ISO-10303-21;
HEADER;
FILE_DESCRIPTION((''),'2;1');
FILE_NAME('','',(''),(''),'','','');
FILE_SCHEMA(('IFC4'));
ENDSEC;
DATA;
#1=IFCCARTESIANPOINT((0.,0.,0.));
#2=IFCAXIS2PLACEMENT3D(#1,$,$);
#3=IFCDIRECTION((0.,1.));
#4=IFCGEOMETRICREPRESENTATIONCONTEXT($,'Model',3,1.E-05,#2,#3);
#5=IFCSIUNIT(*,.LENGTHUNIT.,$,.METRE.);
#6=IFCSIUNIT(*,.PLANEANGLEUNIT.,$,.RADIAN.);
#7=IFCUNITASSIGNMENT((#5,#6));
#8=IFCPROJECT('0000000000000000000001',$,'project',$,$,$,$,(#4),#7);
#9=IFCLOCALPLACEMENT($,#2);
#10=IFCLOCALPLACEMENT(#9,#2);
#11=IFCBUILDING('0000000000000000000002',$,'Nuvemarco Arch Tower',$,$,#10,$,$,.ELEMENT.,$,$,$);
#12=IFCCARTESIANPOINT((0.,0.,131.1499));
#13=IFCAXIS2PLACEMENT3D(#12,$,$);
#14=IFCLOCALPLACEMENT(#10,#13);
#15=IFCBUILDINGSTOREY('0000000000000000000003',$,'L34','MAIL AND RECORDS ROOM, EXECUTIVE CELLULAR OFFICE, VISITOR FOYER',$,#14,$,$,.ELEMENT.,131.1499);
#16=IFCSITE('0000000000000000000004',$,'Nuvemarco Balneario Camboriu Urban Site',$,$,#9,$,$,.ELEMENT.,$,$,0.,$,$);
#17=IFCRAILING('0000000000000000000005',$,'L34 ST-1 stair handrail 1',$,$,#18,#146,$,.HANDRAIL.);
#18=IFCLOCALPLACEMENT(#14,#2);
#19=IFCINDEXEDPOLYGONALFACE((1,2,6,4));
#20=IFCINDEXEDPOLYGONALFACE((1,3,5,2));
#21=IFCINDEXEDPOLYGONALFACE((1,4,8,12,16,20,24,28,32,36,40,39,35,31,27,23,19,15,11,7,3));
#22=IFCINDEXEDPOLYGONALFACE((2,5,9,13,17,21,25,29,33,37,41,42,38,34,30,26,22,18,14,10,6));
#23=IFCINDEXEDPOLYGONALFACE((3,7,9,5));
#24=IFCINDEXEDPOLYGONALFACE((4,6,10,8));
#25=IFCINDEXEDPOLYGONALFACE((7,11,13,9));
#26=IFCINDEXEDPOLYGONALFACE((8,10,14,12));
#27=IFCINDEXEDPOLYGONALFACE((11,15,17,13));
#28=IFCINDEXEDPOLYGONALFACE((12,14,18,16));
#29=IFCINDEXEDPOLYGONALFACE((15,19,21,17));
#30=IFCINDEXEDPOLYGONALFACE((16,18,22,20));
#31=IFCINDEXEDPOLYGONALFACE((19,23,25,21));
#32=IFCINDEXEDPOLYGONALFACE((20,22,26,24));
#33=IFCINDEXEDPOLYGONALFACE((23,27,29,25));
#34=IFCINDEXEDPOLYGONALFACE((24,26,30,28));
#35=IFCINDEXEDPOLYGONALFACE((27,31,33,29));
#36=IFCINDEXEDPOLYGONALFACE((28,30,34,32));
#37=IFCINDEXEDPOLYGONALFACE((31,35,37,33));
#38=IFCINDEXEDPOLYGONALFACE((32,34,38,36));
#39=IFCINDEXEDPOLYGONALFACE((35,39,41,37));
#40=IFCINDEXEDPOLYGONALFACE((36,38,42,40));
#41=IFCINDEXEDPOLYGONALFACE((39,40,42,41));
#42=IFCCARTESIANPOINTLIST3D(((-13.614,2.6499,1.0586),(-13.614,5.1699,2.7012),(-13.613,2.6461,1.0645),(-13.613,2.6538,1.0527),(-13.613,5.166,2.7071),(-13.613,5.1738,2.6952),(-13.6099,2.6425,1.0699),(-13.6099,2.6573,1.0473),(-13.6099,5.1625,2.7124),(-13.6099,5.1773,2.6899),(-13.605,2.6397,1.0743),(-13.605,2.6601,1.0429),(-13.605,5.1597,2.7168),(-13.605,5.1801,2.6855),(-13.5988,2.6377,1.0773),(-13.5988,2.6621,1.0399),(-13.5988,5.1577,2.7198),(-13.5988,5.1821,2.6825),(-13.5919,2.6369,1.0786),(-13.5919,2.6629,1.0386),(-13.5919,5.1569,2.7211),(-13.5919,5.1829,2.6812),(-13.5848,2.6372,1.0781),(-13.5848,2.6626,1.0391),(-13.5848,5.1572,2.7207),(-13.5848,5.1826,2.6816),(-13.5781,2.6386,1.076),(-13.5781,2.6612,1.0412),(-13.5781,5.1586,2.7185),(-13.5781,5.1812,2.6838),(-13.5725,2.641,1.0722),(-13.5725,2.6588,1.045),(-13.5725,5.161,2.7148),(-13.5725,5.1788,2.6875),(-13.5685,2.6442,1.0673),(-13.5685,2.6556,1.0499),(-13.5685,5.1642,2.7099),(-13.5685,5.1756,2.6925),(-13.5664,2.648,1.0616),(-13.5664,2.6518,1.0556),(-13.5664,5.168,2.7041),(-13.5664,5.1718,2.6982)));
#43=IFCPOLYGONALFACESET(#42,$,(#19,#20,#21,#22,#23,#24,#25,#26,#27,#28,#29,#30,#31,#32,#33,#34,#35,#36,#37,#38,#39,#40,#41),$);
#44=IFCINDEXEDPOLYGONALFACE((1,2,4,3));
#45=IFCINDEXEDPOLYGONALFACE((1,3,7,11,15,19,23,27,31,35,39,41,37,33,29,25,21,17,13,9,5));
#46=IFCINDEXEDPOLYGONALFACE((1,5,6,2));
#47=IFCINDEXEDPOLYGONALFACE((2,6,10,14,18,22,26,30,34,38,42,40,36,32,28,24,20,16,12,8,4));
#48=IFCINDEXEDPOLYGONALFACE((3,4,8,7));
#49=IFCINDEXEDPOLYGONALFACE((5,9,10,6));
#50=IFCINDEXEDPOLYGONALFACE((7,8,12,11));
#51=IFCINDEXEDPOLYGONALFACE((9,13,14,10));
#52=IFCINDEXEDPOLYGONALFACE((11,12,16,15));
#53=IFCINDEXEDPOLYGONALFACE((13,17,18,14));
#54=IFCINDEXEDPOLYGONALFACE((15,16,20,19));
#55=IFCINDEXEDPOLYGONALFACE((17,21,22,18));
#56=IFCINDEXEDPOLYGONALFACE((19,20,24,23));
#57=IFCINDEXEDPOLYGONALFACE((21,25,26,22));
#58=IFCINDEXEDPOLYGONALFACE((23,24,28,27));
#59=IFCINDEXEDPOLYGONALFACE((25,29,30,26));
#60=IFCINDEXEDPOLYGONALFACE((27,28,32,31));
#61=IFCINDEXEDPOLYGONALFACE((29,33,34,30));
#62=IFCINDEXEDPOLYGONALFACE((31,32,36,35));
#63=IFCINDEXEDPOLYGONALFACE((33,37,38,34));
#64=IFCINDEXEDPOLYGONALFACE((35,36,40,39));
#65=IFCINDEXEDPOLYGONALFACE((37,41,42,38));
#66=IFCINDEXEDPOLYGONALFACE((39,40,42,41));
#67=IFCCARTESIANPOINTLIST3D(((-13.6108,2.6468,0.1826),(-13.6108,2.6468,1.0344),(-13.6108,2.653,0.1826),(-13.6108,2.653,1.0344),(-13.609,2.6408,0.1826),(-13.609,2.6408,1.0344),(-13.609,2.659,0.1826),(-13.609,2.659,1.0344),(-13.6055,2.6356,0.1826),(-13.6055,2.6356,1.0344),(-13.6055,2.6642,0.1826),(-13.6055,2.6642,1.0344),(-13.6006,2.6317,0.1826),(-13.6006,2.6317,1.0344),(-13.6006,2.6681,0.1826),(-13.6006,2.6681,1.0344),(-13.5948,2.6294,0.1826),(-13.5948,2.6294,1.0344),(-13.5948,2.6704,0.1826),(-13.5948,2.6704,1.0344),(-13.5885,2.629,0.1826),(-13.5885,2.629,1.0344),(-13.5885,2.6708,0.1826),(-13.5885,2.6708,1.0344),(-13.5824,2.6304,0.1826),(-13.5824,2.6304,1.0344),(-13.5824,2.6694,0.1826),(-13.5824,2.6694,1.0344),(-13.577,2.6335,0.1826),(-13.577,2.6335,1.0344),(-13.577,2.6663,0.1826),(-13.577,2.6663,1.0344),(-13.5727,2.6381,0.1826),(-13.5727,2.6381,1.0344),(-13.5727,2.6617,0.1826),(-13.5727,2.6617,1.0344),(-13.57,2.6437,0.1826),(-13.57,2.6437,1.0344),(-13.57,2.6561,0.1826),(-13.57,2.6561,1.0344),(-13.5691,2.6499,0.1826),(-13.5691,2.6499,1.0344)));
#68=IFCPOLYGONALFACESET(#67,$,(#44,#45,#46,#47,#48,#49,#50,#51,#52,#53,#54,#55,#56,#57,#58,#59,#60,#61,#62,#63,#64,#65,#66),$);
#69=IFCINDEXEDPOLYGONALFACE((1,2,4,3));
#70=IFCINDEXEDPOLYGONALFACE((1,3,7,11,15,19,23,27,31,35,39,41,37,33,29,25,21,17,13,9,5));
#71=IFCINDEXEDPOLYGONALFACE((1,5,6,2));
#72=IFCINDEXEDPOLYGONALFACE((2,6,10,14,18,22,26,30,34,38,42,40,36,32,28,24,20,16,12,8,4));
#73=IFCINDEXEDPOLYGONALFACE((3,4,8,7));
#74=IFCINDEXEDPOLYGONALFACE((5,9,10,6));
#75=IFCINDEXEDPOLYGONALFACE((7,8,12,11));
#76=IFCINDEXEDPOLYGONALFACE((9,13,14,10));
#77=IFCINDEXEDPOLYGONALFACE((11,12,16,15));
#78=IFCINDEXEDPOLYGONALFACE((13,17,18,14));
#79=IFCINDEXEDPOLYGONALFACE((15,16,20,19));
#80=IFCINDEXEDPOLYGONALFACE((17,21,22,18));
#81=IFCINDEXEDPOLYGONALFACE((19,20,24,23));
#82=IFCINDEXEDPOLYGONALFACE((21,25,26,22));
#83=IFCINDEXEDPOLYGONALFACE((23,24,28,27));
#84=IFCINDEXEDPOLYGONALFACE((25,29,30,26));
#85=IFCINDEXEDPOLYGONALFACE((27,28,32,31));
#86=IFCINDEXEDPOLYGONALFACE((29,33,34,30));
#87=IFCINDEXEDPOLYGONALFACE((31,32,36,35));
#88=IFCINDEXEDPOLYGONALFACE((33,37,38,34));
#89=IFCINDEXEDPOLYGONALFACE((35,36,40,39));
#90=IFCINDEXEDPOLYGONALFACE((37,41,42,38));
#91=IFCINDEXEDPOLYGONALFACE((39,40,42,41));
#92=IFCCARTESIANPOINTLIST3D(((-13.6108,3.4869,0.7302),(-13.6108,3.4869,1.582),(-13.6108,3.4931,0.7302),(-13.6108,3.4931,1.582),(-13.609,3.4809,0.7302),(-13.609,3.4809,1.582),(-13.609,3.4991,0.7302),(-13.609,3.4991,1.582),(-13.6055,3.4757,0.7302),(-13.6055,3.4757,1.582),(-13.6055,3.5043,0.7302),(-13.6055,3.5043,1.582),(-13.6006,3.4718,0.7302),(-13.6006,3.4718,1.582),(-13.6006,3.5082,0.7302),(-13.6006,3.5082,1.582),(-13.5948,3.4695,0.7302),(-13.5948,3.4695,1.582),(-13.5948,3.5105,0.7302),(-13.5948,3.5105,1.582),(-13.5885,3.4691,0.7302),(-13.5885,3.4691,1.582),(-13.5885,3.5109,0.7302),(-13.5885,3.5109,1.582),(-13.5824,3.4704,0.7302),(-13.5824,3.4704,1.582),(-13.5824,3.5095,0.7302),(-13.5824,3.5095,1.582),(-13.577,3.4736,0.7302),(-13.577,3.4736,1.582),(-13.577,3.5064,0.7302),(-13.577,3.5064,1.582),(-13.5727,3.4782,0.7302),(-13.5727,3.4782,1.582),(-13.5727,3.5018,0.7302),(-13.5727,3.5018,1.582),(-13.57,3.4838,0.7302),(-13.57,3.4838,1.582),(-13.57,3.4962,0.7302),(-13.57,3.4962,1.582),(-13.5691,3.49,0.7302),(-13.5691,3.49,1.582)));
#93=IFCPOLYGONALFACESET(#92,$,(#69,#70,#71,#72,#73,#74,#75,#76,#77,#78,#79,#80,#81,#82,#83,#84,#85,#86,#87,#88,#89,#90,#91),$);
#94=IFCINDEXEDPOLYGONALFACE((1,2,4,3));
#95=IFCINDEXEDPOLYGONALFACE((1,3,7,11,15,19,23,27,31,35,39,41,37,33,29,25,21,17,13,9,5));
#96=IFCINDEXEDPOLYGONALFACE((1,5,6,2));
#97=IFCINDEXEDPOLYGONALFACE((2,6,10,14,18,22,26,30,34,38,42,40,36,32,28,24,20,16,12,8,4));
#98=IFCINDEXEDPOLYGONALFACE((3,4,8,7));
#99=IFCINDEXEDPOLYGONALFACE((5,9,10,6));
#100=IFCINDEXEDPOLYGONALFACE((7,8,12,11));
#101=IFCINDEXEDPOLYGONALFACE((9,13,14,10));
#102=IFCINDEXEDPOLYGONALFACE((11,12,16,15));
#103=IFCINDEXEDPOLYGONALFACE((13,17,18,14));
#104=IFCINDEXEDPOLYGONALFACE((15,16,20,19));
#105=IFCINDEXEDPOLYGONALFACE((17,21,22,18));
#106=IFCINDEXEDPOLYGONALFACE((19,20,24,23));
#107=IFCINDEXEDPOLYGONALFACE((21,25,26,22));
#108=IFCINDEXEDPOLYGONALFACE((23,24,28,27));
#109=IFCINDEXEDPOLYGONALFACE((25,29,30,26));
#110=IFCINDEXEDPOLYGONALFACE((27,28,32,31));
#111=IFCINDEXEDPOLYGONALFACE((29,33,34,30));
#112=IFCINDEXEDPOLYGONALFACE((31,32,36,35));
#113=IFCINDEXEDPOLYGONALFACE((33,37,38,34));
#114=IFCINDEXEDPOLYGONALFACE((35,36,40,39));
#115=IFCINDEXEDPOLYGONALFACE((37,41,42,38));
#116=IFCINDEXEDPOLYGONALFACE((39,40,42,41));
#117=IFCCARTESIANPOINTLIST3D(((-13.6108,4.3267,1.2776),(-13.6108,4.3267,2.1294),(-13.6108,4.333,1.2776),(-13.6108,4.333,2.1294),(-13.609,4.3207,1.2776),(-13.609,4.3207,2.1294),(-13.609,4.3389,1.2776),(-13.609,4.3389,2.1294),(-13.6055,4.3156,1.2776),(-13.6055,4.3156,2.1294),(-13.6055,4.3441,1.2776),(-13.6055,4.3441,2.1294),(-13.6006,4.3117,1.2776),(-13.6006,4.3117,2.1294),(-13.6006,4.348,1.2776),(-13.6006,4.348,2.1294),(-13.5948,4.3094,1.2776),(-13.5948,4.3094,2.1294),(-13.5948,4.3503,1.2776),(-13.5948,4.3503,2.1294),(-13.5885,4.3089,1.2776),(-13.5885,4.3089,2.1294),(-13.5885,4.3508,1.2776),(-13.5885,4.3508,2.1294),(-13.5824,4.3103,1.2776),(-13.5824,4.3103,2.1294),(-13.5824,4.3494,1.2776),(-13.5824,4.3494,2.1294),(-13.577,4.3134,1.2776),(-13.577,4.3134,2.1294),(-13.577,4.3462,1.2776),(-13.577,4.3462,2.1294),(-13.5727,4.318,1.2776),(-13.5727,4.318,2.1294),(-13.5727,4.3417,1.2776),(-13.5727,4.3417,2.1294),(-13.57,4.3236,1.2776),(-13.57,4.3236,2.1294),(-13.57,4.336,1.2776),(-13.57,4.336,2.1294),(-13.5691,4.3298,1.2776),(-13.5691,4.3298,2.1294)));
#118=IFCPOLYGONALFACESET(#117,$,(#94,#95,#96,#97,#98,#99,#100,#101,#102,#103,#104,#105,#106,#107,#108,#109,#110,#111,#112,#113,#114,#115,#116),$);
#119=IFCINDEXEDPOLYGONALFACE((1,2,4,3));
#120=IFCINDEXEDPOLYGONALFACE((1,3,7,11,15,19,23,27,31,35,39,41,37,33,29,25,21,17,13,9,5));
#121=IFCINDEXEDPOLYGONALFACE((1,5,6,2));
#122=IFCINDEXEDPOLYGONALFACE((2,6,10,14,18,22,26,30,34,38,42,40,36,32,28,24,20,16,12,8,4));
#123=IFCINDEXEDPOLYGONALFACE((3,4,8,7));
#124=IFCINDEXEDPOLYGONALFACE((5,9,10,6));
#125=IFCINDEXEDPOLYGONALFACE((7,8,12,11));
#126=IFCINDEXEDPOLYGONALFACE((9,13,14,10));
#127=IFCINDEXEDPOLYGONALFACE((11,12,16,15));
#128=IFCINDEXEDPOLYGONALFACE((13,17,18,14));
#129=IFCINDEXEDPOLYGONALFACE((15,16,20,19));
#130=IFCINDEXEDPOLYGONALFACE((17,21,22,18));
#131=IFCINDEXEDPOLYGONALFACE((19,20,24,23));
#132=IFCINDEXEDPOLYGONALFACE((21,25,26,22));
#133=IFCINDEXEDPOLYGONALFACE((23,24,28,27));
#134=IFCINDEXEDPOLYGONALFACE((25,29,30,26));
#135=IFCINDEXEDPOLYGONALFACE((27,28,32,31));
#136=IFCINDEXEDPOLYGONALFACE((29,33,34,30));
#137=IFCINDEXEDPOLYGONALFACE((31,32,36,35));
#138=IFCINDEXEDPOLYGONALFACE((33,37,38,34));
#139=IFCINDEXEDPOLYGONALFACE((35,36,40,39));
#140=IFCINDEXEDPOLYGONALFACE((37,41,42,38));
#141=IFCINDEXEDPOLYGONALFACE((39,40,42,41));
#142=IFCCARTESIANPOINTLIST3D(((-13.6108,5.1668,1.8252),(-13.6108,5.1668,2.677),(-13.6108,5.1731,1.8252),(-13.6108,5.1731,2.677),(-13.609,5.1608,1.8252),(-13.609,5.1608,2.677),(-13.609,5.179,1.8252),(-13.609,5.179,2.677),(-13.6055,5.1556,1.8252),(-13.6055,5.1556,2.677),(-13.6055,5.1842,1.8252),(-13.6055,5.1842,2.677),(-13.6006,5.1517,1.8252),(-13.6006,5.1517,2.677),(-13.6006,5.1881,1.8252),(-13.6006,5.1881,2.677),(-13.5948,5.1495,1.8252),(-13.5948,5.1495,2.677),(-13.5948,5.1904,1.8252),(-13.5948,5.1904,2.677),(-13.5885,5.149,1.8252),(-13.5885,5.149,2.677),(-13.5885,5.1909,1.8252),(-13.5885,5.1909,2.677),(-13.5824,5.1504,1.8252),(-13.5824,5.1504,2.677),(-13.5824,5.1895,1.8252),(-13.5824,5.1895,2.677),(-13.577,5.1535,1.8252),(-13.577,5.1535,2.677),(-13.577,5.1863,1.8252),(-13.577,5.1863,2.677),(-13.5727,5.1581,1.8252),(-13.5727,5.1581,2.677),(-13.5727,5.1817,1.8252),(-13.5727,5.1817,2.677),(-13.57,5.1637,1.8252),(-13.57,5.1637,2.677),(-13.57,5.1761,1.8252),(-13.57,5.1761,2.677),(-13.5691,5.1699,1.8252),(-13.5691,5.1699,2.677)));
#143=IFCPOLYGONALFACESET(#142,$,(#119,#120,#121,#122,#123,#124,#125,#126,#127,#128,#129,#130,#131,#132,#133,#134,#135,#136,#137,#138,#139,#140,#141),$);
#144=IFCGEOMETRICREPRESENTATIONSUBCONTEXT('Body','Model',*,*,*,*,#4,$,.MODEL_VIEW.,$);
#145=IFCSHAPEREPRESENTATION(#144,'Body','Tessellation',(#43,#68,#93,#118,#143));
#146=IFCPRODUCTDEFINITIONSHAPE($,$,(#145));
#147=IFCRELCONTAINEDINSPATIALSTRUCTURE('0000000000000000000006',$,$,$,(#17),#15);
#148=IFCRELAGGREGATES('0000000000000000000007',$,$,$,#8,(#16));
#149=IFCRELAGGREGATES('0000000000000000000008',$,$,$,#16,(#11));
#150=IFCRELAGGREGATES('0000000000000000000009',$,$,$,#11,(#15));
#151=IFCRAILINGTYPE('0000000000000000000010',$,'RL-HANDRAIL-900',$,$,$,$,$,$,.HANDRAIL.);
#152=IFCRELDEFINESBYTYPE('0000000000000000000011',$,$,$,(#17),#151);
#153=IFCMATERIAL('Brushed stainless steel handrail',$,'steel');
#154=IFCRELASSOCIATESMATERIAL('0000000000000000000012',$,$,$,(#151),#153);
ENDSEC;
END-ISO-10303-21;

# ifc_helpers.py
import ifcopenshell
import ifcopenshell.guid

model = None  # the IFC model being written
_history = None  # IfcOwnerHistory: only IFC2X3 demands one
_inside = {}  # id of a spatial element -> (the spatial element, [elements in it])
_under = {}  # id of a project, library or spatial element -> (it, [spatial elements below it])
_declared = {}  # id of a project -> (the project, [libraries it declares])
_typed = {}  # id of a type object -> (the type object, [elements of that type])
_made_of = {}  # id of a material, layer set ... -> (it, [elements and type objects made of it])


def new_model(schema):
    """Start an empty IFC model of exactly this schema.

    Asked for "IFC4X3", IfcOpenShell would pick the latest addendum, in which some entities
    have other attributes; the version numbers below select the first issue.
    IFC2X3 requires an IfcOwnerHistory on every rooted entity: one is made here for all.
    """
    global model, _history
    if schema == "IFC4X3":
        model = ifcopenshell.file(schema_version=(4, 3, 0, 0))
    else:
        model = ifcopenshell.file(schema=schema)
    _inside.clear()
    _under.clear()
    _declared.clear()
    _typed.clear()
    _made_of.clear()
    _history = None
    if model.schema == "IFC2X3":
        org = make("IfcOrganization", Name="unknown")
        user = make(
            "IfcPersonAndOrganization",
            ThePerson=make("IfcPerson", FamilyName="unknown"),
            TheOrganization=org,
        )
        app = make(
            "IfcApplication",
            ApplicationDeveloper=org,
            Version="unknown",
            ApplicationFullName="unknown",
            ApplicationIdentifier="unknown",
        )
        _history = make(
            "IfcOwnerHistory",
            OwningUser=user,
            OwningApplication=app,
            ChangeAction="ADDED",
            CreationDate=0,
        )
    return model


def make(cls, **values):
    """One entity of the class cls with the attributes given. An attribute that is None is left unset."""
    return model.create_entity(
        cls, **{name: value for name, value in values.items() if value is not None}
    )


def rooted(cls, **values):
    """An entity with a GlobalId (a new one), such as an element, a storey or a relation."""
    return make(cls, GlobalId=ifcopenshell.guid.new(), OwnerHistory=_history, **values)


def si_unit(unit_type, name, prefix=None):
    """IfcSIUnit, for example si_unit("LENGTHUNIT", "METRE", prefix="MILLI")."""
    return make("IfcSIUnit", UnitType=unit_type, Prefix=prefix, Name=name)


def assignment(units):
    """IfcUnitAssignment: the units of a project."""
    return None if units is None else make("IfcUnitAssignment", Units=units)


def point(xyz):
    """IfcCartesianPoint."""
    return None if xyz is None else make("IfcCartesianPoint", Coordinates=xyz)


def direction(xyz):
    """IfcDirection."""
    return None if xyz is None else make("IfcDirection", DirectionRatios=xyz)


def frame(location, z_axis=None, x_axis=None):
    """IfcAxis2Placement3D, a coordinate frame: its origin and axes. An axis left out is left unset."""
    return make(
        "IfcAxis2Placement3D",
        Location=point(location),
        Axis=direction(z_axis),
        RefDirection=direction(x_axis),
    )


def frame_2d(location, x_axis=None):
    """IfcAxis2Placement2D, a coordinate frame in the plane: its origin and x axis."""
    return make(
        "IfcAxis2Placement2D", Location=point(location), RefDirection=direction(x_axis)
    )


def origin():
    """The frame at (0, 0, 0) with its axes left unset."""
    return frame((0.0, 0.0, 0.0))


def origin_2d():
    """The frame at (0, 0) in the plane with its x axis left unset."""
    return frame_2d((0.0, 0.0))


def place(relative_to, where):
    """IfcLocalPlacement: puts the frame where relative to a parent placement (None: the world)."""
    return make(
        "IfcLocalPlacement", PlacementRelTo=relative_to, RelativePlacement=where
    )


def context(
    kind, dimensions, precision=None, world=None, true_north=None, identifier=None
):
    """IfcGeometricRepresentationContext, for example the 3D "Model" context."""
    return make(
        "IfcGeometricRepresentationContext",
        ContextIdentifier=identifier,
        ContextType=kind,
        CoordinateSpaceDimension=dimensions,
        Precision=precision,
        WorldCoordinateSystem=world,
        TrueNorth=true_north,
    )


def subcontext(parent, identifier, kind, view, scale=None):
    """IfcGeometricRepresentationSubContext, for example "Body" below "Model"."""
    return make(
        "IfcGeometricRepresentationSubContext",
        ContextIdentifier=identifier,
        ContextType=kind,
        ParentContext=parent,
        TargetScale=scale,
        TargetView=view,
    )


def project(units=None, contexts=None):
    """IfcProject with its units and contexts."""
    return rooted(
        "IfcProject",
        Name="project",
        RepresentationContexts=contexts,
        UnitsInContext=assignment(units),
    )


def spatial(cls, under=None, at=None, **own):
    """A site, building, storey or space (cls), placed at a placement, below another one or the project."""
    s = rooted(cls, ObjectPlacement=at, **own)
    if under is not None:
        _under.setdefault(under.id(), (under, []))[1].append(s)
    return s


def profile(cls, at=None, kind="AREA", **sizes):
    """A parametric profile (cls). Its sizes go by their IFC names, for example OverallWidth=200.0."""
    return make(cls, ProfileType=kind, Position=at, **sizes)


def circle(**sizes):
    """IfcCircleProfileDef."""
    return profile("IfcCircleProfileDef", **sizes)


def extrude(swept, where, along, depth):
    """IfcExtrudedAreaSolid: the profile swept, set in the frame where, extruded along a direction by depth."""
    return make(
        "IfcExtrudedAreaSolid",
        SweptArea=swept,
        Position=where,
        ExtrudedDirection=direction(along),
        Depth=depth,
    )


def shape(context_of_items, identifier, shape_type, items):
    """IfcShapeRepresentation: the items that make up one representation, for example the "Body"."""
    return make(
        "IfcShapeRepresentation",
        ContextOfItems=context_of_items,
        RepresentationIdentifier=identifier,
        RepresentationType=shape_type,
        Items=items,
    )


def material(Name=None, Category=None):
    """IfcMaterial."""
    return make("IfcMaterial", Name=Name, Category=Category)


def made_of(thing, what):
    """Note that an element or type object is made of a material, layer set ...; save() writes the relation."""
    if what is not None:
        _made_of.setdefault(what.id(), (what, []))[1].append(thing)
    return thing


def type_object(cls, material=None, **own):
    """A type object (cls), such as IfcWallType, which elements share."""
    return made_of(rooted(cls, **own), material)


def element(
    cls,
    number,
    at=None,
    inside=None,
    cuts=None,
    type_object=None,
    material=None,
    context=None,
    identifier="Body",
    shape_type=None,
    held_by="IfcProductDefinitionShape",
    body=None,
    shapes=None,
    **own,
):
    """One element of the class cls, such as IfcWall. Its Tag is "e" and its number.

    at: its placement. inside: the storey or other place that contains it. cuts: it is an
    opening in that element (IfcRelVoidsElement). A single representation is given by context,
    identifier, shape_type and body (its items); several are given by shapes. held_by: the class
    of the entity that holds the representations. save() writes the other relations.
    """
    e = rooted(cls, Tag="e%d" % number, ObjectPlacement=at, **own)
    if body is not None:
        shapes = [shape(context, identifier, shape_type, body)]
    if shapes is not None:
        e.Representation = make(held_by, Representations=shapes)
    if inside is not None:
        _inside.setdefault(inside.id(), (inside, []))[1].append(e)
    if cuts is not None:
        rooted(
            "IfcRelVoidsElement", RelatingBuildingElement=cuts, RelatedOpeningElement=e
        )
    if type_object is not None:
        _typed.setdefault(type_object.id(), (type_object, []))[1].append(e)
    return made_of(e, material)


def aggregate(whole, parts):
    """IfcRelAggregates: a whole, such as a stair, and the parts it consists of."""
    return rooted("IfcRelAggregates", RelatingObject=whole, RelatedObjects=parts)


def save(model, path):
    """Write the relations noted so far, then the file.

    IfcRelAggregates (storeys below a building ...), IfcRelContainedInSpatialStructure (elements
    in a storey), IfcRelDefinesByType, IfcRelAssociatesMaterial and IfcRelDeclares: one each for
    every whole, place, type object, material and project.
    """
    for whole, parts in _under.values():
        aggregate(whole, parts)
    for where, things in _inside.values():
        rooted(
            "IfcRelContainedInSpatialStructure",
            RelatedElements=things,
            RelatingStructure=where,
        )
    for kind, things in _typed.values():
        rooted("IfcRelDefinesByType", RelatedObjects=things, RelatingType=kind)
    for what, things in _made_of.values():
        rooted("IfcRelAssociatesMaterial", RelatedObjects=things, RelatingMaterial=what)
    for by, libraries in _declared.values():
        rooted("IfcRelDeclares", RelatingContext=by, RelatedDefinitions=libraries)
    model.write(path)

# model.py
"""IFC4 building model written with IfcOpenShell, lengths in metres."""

from ifc_helpers import new_model, si_unit, direction, frame, origin, origin_2d, place, context, subcontext, project, spatial, circle, extrude, material, type_object, element, save


model = new_model("IFC4")

# Units and contexts
model_context = context("Model", 3, precision=1e-05, world=origin(), true_north=direction((0.0, 1.0)))
body_context = subcontext(model_context, "Body", "Model", "MODEL_VIEW")
ifc_project = project(units=[si_unit("LENGTHUNIT", "METRE"), si_unit("PLANEANGLEUNIT", "RADIAN")], contexts=[model_context])

# Site, building, storey
site_placement = place(None, origin())
site = spatial("IfcSite", under=ifc_project, at=site_placement, Name="Nuvemarco Balneario Camboriu Urban Site", CompositionType="ELEMENT", RefElevation=0.0)
building_placement = place(site_placement, origin())
building = spatial("IfcBuilding", under=site, at=building_placement, Name="Nuvemarco Arch Tower", CompositionType="ELEMENT")
storey_placement = place(building_placement, frame((0.0, 0.0, 131.1499)))
storey = spatial("IfcBuildingStorey", under=building, at=storey_placement, Name="L34", Description="MAIL AND RECORDS ROOM, EXECUTIVE CELLULAR OFFICE, VISITOR FOYER", CompositionType="ELEMENT", Elevation=131.1499)

# Railing
ifc_material_1 = material(Name="Brushed stainless steel handrail", Category="steel")
railing_type_1 = type_object("IfcRailingType", Name="RL-HANDRAIL-900", PredefinedType="HANDRAIL", material=ifc_material_1)
railing_1_placement = place(storey_placement, frame((-13.5901, 2.6499, 0.1826)))
element("IfcRailing", 1, at=railing_1_placement, inside=storey, type_object=railing_type_1, Name="L34 ST-1 stair handrail 1", PredefinedType="HANDRAIL", context=body_context, shape_type="SweptSolid", body=[
    extrude(circle(Radius=0.0239, at=origin_2d()), frame((0.0, 0.0, 0.876), z_axis=(0.0, 0.837749, 0.546055), x_axis=(-1.0, 0.0, 0.0)), (0.0, 0.0, 1.0), 3.0081),
    extrude(circle(Radius=0.021, at=origin_2d()), origin(), (0.0, 0.0, 1.0), 0.8518),
    extrude(circle(Radius=0.021, at=origin_2d()), frame((0.0, 0.8401, 0.5476)), (0.0, 0.0, 1.0), 0.8518),
    extrude(circle(Radius=0.021, at=origin_2d()), frame((0.0, 1.6799, 1.095)), (0.0, 0.0, 1.0), 0.8518),
    extrude(circle(Radius=0.021, at=origin_2d()), frame((0.0, 2.52, 1.6426)), (0.0, 0.0, 1.0), 0.8518),
])

save(model, "model.ifc")
